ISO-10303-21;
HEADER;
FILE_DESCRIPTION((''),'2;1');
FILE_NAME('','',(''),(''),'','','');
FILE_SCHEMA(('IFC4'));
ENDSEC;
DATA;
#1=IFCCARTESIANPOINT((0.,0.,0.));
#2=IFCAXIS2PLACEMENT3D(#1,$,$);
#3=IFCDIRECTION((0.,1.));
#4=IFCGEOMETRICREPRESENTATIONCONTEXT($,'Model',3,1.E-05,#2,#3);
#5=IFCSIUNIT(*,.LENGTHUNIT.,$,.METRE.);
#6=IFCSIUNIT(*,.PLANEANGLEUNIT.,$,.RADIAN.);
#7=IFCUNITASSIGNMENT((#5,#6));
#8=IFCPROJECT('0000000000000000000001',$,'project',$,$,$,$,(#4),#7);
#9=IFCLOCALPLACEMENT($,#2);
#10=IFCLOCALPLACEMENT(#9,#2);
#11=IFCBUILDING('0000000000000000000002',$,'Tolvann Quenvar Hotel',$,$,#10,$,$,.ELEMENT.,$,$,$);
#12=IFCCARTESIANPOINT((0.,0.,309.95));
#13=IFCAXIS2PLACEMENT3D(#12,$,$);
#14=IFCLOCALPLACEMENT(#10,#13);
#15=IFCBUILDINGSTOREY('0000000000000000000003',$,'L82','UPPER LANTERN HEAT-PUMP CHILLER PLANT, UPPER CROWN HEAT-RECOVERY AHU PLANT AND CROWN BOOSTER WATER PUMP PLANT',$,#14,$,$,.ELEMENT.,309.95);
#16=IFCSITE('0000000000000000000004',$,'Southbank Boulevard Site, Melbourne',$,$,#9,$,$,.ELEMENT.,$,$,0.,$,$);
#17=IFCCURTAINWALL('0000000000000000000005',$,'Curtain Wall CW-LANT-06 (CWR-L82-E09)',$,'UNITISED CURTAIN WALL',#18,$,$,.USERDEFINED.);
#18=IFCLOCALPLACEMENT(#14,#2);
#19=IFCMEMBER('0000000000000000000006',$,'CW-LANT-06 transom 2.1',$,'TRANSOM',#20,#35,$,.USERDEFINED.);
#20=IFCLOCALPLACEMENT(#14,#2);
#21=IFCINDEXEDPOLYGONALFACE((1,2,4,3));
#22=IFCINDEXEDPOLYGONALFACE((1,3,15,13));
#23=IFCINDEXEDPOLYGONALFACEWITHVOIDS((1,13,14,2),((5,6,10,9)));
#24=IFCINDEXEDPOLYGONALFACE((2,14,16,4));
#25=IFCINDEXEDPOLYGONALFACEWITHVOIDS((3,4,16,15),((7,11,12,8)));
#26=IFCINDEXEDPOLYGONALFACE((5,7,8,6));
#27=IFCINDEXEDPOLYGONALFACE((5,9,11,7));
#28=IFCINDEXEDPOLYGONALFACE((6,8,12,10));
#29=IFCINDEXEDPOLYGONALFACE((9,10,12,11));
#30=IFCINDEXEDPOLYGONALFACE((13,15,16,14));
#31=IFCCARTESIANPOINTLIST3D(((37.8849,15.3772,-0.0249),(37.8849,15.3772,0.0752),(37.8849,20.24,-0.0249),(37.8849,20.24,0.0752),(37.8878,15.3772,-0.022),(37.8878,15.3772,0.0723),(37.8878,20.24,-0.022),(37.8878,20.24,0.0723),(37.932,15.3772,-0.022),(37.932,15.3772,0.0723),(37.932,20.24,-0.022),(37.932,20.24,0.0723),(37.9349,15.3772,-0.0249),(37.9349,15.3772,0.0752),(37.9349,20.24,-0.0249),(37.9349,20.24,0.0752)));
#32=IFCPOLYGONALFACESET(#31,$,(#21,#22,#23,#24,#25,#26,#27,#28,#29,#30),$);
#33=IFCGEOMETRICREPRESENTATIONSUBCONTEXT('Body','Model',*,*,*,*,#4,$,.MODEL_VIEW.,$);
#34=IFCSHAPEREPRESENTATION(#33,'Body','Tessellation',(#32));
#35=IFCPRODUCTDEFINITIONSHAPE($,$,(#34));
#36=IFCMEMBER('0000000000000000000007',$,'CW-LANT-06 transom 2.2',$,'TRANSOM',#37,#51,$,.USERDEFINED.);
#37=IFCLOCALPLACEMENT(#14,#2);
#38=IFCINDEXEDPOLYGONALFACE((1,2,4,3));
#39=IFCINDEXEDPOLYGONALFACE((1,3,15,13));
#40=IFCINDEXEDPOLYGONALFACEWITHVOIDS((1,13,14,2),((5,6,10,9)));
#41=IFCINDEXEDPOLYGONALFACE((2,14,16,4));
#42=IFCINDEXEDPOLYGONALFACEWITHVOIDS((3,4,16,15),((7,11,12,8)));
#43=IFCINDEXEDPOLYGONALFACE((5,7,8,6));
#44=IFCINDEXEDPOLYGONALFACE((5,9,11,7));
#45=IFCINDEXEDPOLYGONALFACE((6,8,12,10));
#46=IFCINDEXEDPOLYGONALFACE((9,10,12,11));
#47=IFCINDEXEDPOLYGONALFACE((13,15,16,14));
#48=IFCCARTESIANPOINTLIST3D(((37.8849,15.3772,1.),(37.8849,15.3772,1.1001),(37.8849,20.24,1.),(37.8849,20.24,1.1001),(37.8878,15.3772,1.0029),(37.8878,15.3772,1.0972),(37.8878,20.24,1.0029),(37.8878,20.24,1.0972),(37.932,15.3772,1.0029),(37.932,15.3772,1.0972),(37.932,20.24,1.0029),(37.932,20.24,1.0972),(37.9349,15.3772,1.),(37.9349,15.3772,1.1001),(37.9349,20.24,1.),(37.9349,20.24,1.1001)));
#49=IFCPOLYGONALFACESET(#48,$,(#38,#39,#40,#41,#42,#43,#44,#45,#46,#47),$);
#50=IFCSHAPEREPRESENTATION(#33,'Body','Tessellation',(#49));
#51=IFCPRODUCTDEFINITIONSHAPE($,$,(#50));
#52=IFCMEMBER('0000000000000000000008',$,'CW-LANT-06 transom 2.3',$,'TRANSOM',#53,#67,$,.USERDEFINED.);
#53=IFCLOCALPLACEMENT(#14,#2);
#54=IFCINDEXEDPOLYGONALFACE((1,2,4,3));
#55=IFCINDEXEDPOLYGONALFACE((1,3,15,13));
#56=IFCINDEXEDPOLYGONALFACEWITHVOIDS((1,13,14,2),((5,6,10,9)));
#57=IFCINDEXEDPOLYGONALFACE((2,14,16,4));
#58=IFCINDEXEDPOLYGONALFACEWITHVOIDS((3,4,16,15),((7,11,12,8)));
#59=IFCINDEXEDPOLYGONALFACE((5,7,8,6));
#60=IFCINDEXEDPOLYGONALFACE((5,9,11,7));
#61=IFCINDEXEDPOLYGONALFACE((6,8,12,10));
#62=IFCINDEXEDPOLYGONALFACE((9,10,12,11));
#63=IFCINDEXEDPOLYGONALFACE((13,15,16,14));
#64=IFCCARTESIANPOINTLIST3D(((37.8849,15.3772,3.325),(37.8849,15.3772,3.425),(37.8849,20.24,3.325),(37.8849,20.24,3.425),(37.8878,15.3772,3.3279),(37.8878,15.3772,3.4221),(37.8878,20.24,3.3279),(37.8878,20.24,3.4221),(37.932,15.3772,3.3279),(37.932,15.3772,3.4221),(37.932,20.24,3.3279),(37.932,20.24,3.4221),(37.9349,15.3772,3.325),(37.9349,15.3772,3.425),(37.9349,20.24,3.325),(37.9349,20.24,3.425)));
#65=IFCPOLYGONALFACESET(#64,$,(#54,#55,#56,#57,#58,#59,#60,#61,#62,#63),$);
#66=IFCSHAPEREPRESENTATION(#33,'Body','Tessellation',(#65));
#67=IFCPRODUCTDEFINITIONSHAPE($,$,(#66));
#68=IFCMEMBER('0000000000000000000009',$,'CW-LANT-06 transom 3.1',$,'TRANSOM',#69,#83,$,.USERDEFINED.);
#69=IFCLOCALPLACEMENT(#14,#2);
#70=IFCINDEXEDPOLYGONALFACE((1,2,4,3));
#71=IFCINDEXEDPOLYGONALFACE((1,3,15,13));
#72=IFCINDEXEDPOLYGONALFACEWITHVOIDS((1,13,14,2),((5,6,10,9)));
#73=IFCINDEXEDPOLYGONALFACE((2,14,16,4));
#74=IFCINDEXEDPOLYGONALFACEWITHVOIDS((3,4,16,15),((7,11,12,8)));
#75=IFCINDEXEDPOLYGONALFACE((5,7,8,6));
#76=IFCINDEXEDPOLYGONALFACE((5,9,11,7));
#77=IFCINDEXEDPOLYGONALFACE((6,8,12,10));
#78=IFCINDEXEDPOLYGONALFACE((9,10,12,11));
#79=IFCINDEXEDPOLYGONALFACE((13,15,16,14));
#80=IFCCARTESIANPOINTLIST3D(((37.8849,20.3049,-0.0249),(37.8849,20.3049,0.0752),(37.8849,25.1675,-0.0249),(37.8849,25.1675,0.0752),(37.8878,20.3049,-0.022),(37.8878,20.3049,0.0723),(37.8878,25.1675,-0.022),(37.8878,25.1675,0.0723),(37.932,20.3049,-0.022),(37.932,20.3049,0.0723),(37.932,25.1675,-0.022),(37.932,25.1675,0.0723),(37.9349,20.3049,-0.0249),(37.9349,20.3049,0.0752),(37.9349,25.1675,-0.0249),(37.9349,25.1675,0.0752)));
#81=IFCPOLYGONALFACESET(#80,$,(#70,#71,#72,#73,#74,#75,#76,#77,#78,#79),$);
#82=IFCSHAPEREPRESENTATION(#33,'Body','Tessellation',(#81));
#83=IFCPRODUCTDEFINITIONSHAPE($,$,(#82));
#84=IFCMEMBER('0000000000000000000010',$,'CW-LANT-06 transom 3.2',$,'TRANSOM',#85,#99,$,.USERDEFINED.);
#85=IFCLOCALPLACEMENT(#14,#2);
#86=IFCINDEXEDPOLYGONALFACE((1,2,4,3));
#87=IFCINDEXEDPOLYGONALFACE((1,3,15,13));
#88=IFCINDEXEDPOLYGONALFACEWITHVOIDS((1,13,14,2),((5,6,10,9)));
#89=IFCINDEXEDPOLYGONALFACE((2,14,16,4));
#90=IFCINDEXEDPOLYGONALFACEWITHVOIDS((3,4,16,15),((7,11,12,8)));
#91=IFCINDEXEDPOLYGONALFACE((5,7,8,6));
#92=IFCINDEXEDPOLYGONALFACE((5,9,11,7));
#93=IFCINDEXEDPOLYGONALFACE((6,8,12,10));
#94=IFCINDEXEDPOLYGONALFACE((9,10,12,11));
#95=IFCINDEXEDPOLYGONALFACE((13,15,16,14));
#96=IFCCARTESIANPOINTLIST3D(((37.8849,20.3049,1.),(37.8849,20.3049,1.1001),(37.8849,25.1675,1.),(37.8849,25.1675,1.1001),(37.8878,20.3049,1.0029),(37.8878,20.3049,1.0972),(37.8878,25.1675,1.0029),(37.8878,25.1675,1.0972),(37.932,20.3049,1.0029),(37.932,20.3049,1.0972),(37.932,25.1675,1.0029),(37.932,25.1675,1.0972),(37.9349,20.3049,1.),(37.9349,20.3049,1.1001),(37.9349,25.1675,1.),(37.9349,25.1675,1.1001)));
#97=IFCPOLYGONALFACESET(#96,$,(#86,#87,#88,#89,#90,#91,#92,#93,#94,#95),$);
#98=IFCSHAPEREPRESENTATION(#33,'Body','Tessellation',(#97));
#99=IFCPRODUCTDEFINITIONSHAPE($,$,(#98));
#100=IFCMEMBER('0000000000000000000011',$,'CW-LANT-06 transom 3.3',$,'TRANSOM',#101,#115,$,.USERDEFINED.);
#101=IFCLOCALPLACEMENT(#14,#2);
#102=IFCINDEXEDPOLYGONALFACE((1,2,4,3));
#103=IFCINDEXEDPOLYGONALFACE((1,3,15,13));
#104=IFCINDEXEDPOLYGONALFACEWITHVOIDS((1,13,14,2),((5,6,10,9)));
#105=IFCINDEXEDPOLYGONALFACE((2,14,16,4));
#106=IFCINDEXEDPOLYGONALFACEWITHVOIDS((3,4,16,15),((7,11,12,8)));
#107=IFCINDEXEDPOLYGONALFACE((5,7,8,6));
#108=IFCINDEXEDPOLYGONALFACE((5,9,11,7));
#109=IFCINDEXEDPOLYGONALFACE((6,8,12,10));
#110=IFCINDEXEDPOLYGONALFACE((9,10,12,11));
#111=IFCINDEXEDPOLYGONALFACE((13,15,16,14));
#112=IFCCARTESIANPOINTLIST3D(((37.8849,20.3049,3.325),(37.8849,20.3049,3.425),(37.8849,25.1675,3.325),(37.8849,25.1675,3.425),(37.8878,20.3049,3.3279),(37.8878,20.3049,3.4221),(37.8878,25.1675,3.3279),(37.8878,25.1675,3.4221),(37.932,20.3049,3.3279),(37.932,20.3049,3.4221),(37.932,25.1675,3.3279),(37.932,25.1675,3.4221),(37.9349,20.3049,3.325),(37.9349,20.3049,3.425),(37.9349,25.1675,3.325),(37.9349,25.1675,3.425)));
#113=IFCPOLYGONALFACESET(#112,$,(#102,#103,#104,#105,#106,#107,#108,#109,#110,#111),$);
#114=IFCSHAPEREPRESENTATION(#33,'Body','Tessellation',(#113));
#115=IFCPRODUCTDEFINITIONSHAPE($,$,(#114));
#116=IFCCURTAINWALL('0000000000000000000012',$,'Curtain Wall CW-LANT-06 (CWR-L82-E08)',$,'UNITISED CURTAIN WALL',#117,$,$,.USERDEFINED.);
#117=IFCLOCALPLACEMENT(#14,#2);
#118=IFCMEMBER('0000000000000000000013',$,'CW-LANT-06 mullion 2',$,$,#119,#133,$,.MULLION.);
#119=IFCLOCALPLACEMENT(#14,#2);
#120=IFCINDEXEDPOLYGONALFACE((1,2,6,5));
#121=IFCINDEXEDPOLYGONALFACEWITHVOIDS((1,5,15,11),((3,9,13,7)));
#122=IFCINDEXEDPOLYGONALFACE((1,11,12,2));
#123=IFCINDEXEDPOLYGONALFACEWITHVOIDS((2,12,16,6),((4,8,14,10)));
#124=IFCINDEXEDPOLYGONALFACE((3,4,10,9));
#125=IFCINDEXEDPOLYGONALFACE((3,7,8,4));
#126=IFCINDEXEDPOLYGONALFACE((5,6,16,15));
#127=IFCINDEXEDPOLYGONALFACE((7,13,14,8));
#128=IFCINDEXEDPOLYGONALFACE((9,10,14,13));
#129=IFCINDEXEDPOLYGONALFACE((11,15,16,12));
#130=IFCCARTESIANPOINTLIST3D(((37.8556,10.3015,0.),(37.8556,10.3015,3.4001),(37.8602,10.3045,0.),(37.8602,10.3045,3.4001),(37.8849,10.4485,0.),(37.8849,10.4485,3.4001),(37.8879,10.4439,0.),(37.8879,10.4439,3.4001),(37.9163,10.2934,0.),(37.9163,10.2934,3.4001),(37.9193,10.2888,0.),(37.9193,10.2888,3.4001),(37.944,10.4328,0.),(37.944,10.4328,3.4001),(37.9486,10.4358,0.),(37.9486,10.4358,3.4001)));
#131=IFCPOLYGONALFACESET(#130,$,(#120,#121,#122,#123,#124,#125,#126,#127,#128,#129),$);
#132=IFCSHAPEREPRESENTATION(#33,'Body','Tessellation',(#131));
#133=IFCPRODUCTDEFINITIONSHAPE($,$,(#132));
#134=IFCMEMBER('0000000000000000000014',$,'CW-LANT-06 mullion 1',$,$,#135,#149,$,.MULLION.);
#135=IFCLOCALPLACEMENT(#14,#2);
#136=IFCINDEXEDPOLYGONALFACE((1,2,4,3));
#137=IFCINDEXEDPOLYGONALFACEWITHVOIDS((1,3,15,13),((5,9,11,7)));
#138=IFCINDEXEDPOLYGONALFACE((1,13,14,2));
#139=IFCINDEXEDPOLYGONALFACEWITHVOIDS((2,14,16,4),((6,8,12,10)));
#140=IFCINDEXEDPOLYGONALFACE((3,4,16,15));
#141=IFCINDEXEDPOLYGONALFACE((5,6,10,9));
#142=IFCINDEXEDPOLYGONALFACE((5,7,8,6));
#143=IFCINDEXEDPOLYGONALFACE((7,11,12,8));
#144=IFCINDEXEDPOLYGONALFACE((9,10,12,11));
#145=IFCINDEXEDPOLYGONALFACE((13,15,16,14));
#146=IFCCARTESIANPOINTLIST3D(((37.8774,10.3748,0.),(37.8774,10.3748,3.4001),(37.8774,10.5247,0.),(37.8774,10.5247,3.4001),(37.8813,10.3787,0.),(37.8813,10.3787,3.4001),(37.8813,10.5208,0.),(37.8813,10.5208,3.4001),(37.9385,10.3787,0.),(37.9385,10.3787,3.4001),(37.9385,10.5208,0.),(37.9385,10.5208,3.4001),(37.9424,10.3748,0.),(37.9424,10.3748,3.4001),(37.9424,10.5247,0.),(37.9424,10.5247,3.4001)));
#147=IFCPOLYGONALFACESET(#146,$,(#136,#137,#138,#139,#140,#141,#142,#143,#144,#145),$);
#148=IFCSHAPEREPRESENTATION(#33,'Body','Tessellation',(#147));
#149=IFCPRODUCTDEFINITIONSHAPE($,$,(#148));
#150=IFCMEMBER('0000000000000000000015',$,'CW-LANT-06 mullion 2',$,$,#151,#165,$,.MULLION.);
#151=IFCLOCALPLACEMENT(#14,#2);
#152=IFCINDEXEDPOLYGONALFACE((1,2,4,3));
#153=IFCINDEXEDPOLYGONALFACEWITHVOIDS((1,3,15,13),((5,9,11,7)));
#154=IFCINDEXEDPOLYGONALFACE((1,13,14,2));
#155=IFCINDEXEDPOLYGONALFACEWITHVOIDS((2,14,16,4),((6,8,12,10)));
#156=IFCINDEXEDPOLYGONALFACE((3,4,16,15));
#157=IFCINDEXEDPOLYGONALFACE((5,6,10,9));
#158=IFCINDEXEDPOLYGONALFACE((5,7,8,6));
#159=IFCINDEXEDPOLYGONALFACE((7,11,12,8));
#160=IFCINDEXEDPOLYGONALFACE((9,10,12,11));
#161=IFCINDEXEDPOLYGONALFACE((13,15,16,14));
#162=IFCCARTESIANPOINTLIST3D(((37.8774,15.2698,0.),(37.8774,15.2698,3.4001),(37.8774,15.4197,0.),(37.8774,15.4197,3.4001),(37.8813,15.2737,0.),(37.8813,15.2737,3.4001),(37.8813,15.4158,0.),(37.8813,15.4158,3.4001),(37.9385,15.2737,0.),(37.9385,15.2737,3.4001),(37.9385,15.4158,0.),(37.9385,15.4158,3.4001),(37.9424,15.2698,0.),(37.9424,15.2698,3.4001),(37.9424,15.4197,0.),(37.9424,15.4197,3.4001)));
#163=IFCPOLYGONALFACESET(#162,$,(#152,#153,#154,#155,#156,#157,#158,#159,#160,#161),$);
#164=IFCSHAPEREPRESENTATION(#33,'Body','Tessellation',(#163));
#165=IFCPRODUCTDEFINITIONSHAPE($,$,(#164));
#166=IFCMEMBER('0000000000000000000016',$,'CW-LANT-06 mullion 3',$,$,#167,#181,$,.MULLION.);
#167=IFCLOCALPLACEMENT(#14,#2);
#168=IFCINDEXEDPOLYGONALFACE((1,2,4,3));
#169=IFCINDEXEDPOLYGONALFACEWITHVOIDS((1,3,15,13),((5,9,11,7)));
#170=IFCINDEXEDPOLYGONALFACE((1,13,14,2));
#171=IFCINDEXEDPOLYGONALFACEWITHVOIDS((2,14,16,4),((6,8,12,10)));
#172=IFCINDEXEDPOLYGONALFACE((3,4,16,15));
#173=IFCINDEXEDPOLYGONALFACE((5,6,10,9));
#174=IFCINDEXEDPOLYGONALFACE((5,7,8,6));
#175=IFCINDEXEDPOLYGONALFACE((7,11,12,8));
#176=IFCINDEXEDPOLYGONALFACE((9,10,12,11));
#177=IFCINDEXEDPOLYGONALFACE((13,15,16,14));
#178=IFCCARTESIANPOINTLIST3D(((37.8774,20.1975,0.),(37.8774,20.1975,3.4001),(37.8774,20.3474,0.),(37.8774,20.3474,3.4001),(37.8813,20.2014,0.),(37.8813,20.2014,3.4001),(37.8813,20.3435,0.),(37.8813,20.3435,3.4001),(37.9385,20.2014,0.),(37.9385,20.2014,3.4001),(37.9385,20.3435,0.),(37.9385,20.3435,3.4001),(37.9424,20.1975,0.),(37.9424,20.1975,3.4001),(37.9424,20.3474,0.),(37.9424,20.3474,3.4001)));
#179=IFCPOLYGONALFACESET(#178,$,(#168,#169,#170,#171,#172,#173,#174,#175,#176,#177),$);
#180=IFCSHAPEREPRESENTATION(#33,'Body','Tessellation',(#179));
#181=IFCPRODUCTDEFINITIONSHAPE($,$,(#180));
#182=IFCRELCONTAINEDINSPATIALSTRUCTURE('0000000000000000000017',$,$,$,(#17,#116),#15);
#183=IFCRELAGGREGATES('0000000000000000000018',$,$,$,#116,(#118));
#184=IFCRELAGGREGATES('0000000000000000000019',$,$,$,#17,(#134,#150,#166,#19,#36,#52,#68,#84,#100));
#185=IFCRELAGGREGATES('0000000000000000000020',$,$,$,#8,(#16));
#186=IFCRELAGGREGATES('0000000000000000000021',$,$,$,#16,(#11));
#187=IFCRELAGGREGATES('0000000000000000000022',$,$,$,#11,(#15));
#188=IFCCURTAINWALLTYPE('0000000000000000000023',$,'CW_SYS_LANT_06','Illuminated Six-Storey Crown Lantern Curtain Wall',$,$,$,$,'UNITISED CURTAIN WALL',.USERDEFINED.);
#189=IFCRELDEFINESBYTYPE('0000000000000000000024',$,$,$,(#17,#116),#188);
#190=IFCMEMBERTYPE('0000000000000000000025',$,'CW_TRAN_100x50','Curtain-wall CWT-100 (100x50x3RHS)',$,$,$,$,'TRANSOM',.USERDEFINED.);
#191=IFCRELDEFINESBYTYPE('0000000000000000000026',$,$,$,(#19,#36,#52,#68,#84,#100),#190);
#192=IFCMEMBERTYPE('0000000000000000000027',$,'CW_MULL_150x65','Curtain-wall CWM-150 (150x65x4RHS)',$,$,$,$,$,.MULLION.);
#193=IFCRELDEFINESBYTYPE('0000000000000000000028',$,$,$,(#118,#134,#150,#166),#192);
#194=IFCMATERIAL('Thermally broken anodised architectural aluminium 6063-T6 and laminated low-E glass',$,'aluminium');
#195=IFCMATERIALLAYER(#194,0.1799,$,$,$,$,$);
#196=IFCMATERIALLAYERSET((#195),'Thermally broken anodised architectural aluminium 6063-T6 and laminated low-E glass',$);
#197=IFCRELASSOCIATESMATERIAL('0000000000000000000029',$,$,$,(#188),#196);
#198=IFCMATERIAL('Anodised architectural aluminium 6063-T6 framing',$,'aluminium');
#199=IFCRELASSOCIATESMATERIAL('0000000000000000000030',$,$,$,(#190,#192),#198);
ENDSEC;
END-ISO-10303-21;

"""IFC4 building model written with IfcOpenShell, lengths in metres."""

from ifc_helpers import new_model, si_unit, direction, frame, origin, origin_2d, place, context, subcontext, project, spatial, hollow_rectangle, extrude, source, transform, mapped, material, layer, layer_set, material_profile, profile_set, type_object, type_shapes, element, aggregate, save


model = new_model("IFC4")

# Units and contexts
model_context = context("Model", 3, precision=1e-05, world=origin(), true_north=direction((0.0, 1.0)))
body_context = subcontext(model_context, "Body", "Model", "MODEL_VIEW")
ifc_project = project(units=[si_unit("LENGTHUNIT", "METRE"), si_unit("PLANEANGLEUNIT", "RADIAN")], contexts=[model_context])

# Site, building, storey
site_placement = place(None, origin())
site = spatial("IfcSite", under=ifc_project, at=site_placement, Name="Southbank Boulevard Site, Melbourne", CompositionType="ELEMENT", RefElevation=0.0)
building_placement = place(site_placement, origin())
building = spatial("IfcBuilding", under=site, at=building_placement, Name="Tolvann Quenvar Hotel", CompositionType="ELEMENT")
storey_placement = place(building_placement, frame((0.0, 0.0, 309.95)))
storey = spatial("IfcBuildingStorey", under=building, at=storey_placement, Name="L82", Description="UPPER LANTERN HEAT-PUMP CHILLER PLANT, UPPER CROWN HEAT-RECOVERY AHU PLANT AND CROWN BOOSTER WATER PUMP PLANT", CompositionType="ELEMENT", Elevation=309.95)

# Curtain wall, members
ifc_material_1 = material(Name="Thermally broken anodised architectural aluminium 6063-T6 and laminated low-E glass", Category="aluminium")
ifc_layer_1 = layer(ifc_material_1, 0.1799)
ifc_layer_set_1 = layer_set([ifc_layer_1], Name="Thermally broken anodised architectural aluminium 6063-T6 and laminated low-E glass")
curtain_wall_type = type_object("IfcCurtainWallType", Name="CW_SYS_LANT_06", Description="Illuminated Six-Storey Crown Lantern Curtain Wall", ElementType="UNITISED CURTAIN WALL", PredefinedType="USERDEFINED", material=ifc_layer_set_1)
curtain_wall_1_placement = place(storey_placement, origin())
curtain_wall_1 = element("IfcCurtainWall", 1, at=curtain_wall_1_placement, inside=storey, type_object=curtain_wall_type, Name="Curtain Wall CW-LANT-06 (CWR-L82-E09)", ObjectType="UNITISED CURTAIN WALL", PredefinedType="USERDEFINED")
ifc_material_2 = material(Name="Anodised architectural aluminium 6063-T6 framing", Category="aluminium")
ifc_material_profile_1 = material_profile(ifc_material_2, hollow_rectangle(XDim=0.05, YDim=0.1001, WallThickness=0.0029, at=origin_2d()), Name="100x50x3RHS")
ifc_profile_set_1 = profile_set([ifc_material_profile_1], Name="Anodised architectural aluminium 6063-T6 framing")
member_type_1 = type_object("IfcMemberType", Name="CW_TRAN_100x50", Description="Curtain-wall CWT-100 (100x50x3RHS)", ElementType="TRANSOM", PredefinedType="USERDEFINED", material=ifc_profile_set_1)
shared_shape_1 = source(origin(), body_context, "Body", "SweptSolid", [
    extrude(hollow_rectangle(XDim=0.05, YDim=0.1001, WallThickness=0.0029, at=origin_2d()), origin(), (0.0, 0.0, 1.0), 4.8628),
])
member_1_placement = place(storey_placement, frame((37.9099, 15.3772, 0.0251), z_axis=(0.0, 1.0, 0.0), x_axis=(-1.0, 0.0, 0.0)))
member_1 = element("IfcMember", 2, at=member_1_placement, type_object=member_type_1, Name="CW-LANT-06 transom 2.1", ObjectType="TRANSOM", PredefinedType="USERDEFINED", context=body_context, shape_type="MappedRepresentation", body=[
    mapped(shared_shape_1, transform((0.0, 0.0, 0.0), x_axis=(1.0, 0.0, 0.0), y_axis=(0.0, 1.0, 0.0), z_axis=(0.0, 0.0, 1.0), scale=1.0)),
])
member_2_placement = place(storey_placement, frame((37.9099, 15.3772, 1.05), z_axis=(0.0, 1.0, 0.0), x_axis=(-1.0, 0.0, 0.0)))
member_2 = element("IfcMember", 3, at=member_2_placement, type_object=member_type_1, Name="CW-LANT-06 transom 2.2", ObjectType="TRANSOM", PredefinedType="USERDEFINED", context=body_context, shape_type="MappedRepresentation", body=[
    mapped(shared_shape_1, transform((0.0, 0.0, 0.0), x_axis=(1.0, 0.0, 0.0), y_axis=(0.0, 1.0, 0.0), z_axis=(0.0, 0.0, 1.0), scale=1.0)),
])
member_3_placement = place(storey_placement, frame((37.9099, 15.3772, 3.375), z_axis=(0.0, 1.0, 0.0), x_axis=(-1.0, 0.0, 0.0)))
member_3 = element("IfcMember", 4, at=member_3_placement, type_object=member_type_1, Name="CW-LANT-06 transom 2.3", ObjectType="TRANSOM", PredefinedType="USERDEFINED", context=body_context, shape_type="MappedRepresentation", body=[
    mapped(shared_shape_1, transform((0.0, 0.0, 0.0), x_axis=(1.0, 0.0, 0.0), y_axis=(0.0, 1.0, 0.0), z_axis=(0.0, 0.0, 1.0), scale=1.0)),
])
shared_shape_2 = source(origin(), body_context, "Body", "SweptSolid", [
    extrude(hollow_rectangle(XDim=0.05, YDim=0.1001, WallThickness=0.0029, at=origin_2d()), origin(), (0.0, 0.0, 1.0), 4.8625),
])
member_4_placement = place(storey_placement, frame((37.9099, 20.3049, 0.0251), z_axis=(0.0, 1.0, 0.0), x_axis=(-1.0, 0.0, 0.0)))
member_4 = element("IfcMember", 5, at=member_4_placement, type_object=member_type_1, Name="CW-LANT-06 transom 3.1", ObjectType="TRANSOM", PredefinedType="USERDEFINED", context=body_context, shape_type="MappedRepresentation", body=[
    mapped(shared_shape_2, transform((0.0, 0.0, 0.0), x_axis=(1.0, 0.0, 0.0), y_axis=(0.0, 1.0, 0.0), z_axis=(0.0, 0.0, 1.0), scale=1.0)),
])
member_5_placement = place(storey_placement, frame((37.9099, 20.3049, 1.05), z_axis=(0.0, 1.0, 0.0), x_axis=(-1.0, 0.0, 0.0)))
member_5 = element("IfcMember", 6, at=member_5_placement, type_object=member_type_1, Name="CW-LANT-06 transom 3.2", ObjectType="TRANSOM", PredefinedType="USERDEFINED", context=body_context, shape_type="MappedRepresentation", body=[
    mapped(shared_shape_2, transform((0.0, 0.0, 0.0), x_axis=(1.0, 0.0, 0.0), y_axis=(0.0, 1.0, 0.0), z_axis=(0.0, 0.0, 1.0), scale=1.0)),
])
member_6_placement = place(storey_placement, frame((37.9099, 20.3049, 3.375), z_axis=(0.0, 1.0, 0.0), x_axis=(-1.0, 0.0, 0.0)))
member_6 = element("IfcMember", 7, at=member_6_placement, type_object=member_type_1, Name="CW-LANT-06 transom 3.3", ObjectType="TRANSOM", PredefinedType="USERDEFINED", context=body_context, shape_type="MappedRepresentation", body=[
    mapped(shared_shape_2, transform((0.0, 0.0, 0.0), x_axis=(1.0, 0.0, 0.0), y_axis=(0.0, 1.0, 0.0), z_axis=(0.0, 0.0, 1.0), scale=1.0)),
])

# Curtain wall, member
curtain_wall_2_placement = place(storey_placement, origin())
curtain_wall_2 = element("IfcCurtainWall", 8, at=curtain_wall_2_placement, inside=storey, type_object=curtain_wall_type, Name="Curtain Wall CW-LANT-06 (CWR-L82-E08)", ObjectType="UNITISED CURTAIN WALL", PredefinedType="USERDEFINED")
ifc_material_profile_2 = material_profile(ifc_material_2, hollow_rectangle(XDim=0.0649, YDim=0.1499, WallThickness=0.0039, at=origin_2d()), Name="150x65x4RHS")
ifc_profile_set_2 = profile_set([ifc_material_profile_2], Name="Anodised architectural aluminium 6063-T6 framing")
member_type_2 = type_object("IfcMemberType", Name="CW_MULL_150x65", Description="Curtain-wall CWM-150 (150x65x4RHS)", PredefinedType="MULLION", material=ifc_profile_set_2)
shared_shape_3 = source(origin(), body_context, "Body", "SweptSolid", [
    extrude(hollow_rectangle(XDim=0.0649, YDim=0.1499, WallThickness=0.0039, at=origin_2d()), origin(), (0.0, 0.0, 1.0), 3.4001),
])
type_shapes(member_type_2, [shared_shape_3])
member_7_placement = place(storey_placement, frame((37.9021, 10.3687, 0.0), z_axis=(0.0, 0.0, 1.0), x_axis=(-0.980791, 0.195062, 0.0)))
member_7 = element("IfcMember", 9, at=member_7_placement, type_object=member_type_2, Name="CW-LANT-06 mullion 2", PredefinedType="MULLION", context=body_context, shape_type="MappedRepresentation", body=[
    mapped(shared_shape_3, transform((0.0, 0.0, 0.0), x_axis=(1.0, 0.0, 0.0), y_axis=(0.0, 1.0, 0.0), z_axis=(0.0, 0.0, 1.0), scale=1.0)),
])

# Members
member_8_placement = place(storey_placement, frame((37.9099, 10.4497, 0.0), z_axis=(0.0, 0.0, 1.0), x_axis=(-1.0, 0.0, 0.0)))
member_8 = element("IfcMember", 10, at=member_8_placement, type_object=member_type_2, Name="CW-LANT-06 mullion 1", PredefinedType="MULLION", context=body_context, shape_type="MappedRepresentation", body=[
    mapped(shared_shape_3, transform((0.0, 0.0, 0.0), x_axis=(1.0, 0.0, 0.0), y_axis=(0.0, 1.0, 0.0), z_axis=(0.0, 0.0, 1.0), scale=1.0)),
])
member_9_placement = place(storey_placement, frame((37.9099, 15.3447, 0.0), z_axis=(0.0, 0.0, 1.0), x_axis=(-1.0, 0.0, 0.0)))
member_9 = element("IfcMember", 11, at=member_9_placement, type_object=member_type_2, Name="CW-LANT-06 mullion 2", PredefinedType="MULLION", context=body_context, shape_type="MappedRepresentation", body=[
    mapped(shared_shape_3, transform((0.0, 0.0, 0.0), x_axis=(1.0, 0.0, 0.0), y_axis=(0.0, 1.0, 0.0), z_axis=(0.0, 0.0, 1.0), scale=1.0)),
])
member_10_placement = place(storey_placement, frame((37.9099, 20.2725, 0.0), z_axis=(0.0, 0.0, 1.0), x_axis=(-1.0, 0.0, 0.0)))
member_10 = element("IfcMember", 12, at=member_10_placement, type_object=member_type_2, Name="CW-LANT-06 mullion 3", PredefinedType="MULLION", context=body_context, shape_type="MappedRepresentation", body=[
    mapped(shared_shape_3, transform((0.0, 0.0, 0.0), x_axis=(1.0, 0.0, 0.0), y_axis=(0.0, 1.0, 0.0), z_axis=(0.0, 0.0, 1.0), scale=1.0)),
])

aggregate(curtain_wall_2, [member_7])
aggregate(curtain_wall_1, [member_8, member_9, member_10, member_1, member_2, member_3, member_4, member_5, member_6])

save(model, "model.ifc")
